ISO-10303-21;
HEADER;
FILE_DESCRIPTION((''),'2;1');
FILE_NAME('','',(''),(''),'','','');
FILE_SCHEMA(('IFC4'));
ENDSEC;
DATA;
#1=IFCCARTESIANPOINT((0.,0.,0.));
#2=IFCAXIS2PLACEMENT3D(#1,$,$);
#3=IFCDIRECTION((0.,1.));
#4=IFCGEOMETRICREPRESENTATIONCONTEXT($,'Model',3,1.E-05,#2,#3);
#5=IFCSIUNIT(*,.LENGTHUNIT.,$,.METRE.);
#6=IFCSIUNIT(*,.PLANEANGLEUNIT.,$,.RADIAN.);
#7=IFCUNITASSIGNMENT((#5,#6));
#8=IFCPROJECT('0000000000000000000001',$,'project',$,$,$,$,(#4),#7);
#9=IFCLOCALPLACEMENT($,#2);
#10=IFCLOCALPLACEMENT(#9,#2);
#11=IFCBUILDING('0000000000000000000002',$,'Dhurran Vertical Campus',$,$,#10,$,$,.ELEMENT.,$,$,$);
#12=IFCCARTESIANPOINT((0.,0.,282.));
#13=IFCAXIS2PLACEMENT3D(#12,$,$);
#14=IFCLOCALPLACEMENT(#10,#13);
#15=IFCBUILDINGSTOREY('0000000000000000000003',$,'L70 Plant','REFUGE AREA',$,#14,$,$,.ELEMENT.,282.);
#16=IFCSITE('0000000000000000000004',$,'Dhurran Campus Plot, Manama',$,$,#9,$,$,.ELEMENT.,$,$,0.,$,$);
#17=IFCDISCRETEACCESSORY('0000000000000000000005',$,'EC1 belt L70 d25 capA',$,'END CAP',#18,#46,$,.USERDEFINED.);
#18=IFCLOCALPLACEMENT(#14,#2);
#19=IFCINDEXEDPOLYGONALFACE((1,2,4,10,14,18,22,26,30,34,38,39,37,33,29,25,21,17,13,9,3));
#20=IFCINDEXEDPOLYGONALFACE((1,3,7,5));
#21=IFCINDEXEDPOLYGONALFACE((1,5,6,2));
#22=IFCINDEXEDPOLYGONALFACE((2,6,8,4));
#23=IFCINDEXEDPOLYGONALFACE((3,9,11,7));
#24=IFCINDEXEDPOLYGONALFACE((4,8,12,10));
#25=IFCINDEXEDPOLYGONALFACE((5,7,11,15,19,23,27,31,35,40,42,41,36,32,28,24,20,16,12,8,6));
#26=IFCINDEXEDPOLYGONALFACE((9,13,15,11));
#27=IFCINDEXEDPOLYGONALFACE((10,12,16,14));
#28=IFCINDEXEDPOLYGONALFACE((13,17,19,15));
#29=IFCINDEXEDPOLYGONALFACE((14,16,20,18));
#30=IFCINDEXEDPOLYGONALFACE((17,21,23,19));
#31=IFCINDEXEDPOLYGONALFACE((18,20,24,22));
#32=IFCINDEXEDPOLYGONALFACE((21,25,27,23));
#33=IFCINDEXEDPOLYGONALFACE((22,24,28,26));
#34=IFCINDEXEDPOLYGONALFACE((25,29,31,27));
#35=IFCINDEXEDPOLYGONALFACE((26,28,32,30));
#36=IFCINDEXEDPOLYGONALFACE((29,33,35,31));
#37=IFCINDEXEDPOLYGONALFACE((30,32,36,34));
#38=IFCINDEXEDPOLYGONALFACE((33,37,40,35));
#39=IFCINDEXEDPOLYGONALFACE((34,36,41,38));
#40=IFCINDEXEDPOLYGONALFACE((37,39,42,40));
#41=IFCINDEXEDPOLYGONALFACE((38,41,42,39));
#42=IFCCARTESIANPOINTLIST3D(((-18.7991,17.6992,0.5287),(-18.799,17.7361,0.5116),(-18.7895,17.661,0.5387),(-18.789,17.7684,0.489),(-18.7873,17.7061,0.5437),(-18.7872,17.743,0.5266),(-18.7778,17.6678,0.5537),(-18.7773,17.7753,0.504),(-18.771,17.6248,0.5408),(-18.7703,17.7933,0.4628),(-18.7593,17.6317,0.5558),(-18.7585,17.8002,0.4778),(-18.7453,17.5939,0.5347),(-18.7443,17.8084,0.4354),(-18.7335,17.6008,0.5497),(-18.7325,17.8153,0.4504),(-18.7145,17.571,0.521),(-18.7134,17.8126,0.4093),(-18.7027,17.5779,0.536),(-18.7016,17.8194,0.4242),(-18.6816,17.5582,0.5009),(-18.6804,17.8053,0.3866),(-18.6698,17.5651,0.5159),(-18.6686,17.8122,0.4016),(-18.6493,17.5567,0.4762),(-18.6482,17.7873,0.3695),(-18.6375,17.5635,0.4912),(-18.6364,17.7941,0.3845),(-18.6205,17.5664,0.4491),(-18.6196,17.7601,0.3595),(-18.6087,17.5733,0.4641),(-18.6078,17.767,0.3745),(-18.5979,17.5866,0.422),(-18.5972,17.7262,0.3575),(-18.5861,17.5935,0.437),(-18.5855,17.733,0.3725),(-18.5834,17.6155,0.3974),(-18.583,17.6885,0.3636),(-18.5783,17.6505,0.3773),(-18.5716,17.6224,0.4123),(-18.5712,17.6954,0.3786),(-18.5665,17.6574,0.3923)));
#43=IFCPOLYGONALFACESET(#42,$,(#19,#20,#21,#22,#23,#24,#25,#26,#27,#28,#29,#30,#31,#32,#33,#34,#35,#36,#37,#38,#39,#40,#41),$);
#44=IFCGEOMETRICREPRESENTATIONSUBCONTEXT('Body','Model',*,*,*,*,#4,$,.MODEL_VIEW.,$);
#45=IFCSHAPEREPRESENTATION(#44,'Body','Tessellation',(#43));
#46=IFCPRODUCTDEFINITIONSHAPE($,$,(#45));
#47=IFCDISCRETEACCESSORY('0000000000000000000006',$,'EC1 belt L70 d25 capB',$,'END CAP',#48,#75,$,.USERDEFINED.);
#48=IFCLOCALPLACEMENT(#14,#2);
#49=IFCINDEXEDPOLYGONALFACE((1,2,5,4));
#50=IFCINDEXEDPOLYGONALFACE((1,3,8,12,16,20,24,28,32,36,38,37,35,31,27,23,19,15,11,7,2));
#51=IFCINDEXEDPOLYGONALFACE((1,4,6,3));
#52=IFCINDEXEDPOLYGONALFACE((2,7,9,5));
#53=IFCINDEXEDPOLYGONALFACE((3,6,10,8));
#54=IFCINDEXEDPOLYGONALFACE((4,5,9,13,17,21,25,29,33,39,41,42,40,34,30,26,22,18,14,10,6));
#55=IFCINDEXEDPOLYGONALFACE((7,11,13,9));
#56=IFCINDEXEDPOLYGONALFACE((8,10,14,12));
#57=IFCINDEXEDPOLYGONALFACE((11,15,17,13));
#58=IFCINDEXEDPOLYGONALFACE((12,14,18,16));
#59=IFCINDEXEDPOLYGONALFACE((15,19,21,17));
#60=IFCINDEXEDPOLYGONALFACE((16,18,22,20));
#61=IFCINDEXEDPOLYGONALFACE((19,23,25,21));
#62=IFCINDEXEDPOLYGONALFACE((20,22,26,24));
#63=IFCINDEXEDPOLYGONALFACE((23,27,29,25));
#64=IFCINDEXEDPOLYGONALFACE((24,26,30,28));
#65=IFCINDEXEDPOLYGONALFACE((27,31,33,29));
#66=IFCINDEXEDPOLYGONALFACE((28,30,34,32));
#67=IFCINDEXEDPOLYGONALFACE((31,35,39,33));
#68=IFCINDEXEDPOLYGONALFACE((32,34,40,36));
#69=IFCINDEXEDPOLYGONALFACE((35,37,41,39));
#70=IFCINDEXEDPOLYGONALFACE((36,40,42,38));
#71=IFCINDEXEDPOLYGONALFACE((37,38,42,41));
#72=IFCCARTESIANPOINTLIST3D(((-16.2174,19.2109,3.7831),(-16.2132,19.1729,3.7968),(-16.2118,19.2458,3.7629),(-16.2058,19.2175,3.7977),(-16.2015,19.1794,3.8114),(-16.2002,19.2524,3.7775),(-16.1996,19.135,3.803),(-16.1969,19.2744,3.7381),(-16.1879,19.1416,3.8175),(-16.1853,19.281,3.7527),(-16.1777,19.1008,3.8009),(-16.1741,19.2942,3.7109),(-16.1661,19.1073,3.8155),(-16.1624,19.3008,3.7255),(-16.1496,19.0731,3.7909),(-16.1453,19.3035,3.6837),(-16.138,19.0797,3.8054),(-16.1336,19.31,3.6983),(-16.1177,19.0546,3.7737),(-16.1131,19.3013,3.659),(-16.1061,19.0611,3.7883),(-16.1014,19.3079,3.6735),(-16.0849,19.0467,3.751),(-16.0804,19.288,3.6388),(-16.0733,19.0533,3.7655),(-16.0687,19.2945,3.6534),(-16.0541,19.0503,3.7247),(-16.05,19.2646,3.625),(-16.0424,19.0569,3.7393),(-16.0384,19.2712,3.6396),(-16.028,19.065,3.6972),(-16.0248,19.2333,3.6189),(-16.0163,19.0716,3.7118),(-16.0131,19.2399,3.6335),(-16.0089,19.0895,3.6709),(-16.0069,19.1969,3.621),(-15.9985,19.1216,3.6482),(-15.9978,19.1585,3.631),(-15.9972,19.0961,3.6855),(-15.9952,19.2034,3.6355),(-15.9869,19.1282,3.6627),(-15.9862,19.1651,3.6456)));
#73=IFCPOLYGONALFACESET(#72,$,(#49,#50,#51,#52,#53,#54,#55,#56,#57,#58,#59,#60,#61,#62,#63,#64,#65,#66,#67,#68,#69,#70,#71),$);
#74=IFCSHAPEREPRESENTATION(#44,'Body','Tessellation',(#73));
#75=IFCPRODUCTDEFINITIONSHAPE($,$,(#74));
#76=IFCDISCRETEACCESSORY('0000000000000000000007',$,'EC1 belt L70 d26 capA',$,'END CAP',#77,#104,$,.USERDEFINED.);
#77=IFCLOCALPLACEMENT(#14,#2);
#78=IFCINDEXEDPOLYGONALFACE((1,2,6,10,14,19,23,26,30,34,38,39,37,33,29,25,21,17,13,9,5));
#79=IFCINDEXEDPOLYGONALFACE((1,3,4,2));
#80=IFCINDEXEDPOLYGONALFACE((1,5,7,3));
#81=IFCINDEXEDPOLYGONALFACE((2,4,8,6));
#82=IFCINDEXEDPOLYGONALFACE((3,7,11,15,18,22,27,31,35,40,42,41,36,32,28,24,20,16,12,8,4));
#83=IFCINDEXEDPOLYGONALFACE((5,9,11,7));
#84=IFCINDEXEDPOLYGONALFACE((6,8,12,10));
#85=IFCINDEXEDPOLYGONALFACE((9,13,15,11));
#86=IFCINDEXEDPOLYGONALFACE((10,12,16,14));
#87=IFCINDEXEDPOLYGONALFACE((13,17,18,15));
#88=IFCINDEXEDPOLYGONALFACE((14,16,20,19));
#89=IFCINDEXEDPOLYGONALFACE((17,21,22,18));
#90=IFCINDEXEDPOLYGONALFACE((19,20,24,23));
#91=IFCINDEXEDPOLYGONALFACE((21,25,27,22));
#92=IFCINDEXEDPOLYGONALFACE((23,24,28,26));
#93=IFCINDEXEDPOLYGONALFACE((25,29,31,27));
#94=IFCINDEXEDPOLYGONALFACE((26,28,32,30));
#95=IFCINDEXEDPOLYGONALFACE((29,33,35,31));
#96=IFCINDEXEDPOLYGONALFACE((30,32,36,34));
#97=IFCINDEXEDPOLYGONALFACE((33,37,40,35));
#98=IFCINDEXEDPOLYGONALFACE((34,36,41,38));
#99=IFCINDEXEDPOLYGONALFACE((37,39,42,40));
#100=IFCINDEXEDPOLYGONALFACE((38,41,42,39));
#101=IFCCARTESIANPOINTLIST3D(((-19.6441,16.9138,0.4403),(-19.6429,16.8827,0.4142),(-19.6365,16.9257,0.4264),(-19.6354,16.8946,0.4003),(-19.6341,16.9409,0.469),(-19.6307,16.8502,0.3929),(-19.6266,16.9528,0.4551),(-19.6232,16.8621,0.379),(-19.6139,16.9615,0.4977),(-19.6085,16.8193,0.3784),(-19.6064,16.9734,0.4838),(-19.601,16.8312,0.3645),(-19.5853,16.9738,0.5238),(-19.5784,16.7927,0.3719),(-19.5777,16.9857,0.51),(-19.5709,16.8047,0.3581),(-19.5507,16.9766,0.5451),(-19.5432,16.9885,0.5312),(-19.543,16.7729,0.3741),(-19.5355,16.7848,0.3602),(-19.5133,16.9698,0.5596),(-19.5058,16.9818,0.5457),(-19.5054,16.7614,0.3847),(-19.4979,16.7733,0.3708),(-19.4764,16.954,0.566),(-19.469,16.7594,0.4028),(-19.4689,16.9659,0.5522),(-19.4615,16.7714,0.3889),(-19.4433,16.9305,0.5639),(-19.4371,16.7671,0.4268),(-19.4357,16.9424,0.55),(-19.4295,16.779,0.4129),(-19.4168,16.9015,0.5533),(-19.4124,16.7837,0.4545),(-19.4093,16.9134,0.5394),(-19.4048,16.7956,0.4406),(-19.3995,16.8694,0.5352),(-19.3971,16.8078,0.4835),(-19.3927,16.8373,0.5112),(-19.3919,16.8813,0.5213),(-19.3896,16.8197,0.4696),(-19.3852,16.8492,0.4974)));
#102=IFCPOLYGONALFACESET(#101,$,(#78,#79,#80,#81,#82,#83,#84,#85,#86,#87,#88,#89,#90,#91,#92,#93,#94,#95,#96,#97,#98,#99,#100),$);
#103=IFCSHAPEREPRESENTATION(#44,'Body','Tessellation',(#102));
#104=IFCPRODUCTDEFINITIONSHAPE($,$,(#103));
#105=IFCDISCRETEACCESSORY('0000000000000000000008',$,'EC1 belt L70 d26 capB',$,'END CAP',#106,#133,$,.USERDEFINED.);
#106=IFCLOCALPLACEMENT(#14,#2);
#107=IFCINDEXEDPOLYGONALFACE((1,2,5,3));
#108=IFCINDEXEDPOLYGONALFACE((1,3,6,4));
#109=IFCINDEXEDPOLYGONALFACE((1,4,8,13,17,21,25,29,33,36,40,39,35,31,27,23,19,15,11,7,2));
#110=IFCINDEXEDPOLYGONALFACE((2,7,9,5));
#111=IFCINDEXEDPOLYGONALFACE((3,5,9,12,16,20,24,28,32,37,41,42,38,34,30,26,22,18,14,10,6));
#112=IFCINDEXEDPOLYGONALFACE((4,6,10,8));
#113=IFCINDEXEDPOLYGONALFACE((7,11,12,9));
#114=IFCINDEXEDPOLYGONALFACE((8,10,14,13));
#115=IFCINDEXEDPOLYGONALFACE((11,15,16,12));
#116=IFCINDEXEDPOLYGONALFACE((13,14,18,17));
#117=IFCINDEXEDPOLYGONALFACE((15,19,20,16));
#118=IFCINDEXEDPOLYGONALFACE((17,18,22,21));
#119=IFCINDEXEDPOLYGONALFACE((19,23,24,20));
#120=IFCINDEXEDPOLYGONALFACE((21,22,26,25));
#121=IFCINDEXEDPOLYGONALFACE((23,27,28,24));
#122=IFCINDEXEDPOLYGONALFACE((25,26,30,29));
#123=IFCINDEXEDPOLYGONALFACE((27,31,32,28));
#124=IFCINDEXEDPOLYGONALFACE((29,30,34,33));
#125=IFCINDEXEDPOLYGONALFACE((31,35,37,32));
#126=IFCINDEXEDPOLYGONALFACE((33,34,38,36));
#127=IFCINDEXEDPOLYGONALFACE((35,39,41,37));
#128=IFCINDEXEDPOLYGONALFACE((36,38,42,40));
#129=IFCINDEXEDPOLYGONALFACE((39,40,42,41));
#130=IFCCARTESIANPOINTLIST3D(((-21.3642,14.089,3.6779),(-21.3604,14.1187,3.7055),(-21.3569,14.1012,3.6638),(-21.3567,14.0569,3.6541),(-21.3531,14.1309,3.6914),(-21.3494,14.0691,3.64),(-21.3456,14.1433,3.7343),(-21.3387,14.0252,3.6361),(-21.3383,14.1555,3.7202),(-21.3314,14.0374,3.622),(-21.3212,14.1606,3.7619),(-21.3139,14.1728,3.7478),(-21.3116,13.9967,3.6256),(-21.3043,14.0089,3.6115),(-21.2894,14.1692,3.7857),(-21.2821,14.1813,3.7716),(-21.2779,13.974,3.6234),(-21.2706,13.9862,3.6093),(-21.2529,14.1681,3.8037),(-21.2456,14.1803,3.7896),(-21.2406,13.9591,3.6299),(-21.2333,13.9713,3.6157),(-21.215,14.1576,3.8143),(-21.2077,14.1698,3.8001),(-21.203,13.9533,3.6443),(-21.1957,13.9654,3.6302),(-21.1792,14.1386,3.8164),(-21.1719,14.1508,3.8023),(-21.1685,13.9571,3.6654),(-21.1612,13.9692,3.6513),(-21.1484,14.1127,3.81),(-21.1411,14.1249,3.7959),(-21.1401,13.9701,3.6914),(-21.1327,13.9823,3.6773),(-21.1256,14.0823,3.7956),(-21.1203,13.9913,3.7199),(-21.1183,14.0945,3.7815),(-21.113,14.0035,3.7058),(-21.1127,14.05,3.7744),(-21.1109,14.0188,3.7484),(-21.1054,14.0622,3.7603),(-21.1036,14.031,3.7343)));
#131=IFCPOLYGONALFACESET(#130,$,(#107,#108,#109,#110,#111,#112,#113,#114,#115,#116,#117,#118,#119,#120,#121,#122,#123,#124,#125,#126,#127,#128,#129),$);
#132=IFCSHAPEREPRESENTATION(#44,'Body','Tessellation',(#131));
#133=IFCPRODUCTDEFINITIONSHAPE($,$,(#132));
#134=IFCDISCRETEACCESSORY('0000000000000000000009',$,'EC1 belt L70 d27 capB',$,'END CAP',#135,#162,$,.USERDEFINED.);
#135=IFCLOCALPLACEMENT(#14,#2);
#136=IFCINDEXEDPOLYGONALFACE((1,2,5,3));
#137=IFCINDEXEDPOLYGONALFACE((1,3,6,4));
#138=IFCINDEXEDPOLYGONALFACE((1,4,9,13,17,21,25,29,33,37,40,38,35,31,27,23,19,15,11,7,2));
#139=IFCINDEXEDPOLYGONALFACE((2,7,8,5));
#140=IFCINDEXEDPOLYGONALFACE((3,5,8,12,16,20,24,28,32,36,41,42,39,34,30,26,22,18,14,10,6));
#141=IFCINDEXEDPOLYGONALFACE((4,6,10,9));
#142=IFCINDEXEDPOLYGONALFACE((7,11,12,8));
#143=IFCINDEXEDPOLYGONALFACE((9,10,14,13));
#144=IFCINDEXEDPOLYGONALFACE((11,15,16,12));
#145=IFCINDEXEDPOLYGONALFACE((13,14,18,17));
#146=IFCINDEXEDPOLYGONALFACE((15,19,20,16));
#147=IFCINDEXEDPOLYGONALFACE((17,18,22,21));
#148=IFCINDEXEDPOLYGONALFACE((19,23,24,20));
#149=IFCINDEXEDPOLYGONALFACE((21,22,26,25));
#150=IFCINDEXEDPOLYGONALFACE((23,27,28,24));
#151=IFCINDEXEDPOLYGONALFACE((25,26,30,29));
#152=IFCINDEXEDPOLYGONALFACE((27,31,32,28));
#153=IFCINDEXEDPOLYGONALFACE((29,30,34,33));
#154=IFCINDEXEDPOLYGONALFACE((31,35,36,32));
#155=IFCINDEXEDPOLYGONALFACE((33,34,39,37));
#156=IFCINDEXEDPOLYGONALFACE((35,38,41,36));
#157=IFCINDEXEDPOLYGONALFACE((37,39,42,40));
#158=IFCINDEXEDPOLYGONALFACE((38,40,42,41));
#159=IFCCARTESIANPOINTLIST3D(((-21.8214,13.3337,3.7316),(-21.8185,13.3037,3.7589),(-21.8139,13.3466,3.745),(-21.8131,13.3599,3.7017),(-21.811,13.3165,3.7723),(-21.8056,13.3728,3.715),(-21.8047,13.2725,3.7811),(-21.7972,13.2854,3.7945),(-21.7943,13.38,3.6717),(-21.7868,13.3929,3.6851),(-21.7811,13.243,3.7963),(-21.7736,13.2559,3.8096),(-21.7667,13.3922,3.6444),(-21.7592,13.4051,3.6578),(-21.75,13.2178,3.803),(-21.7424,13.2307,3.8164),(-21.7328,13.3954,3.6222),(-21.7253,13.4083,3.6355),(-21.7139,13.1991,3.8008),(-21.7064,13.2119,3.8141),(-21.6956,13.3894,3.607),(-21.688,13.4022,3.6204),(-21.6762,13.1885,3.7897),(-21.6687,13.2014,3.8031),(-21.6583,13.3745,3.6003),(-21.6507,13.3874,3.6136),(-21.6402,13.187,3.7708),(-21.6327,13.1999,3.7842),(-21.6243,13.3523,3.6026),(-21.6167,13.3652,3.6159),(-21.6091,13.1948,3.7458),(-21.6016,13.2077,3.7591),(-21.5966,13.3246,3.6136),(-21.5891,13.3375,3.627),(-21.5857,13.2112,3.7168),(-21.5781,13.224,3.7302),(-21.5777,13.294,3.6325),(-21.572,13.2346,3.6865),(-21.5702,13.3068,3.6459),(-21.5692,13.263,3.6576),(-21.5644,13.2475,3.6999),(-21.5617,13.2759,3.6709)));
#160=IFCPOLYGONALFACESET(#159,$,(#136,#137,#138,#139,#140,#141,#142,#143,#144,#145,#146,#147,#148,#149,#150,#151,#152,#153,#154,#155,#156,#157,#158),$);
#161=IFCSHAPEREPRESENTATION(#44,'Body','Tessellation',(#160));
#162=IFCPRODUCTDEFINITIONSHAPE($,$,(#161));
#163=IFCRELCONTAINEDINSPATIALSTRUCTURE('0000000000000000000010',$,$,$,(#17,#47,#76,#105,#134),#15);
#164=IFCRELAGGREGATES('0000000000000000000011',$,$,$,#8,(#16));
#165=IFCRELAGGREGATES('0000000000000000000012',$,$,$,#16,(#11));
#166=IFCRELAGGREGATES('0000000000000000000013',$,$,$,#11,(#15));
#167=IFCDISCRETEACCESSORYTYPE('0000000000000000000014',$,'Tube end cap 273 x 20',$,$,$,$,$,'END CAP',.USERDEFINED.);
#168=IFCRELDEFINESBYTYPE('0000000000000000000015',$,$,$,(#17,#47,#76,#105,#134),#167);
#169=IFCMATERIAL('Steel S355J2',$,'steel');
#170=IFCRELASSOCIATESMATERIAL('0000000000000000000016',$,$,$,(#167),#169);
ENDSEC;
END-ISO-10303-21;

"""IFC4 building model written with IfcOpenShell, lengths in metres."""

from ifc_helpers import new_model, si_unit, direction, frame, origin, origin_2d, place, context, subcontext, project, spatial, circle, extrude, material, material_profile, profile_set, type_object, element, save


model = new_model("IFC4")

# Units and contexts
model_context = context("Model", 3, precision=1e-05, world=origin(), true_north=direction((0.0, 1.0)))
body_context = subcontext(model_context, "Body", "Model", "MODEL_VIEW")
ifc_project = project(units=[si_unit("LENGTHUNIT", "METRE"), si_unit("PLANEANGLEUNIT", "RADIAN")], contexts=[model_context])

# Site, building, storey
site_placement = place(None, origin())
site = spatial("IfcSite", under=ifc_project, at=site_placement, Name="Dhurran Campus Plot, Manama", CompositionType="ELEMENT", RefElevation=0.0)
building_placement = place(site_placement, origin())
building = spatial("IfcBuilding", under=site, at=building_placement, Name="Dhurran Vertical Campus", CompositionType="ELEMENT")
storey_placement = place(building_placement, frame((0.0, 0.0, 282.0)))
storey = spatial("IfcBuildingStorey", under=building, at=storey_placement, Name="L70 Plant", Description="REFUGE AREA", CompositionType="ELEMENT", Elevation=282.0)

# Discrete accessories
ifc_material_1 = material(Name="Steel S355J2", Category="steel")
ifc_material_profile_1 = material_profile(ifc_material_1, circle(Radius=0.1365, at=origin_2d()), Name="Tube end cap 273 x 20")
ifc_profile_set_1 = profile_set([ifc_material_profile_1], Name="Steel S355J2")
discrete_accessory_type = type_object("IfcDiscreteAccessoryType", Name="Tube end cap 273 x 20", ElementType="END CAP", PredefinedType="USERDEFINED", material=ifc_profile_set_1)
discrete_accessory_1_placement = place(storey_placement, frame((-18.6775, 17.6912, 0.4641), z_axis=(-0.581701, -0.339325, -0.739245), x_axis=(0.503871, -0.863779, 0.0)))
element("IfcDiscreteAccessory", 1, at=discrete_accessory_1_placement, inside=storey, type_object=discrete_accessory_type, Name="EC1 belt L70 d25 capA", ObjectType="END CAP", PredefinedType="USERDEFINED", context=body_context, shape_type="SweptSolid", body=[
    extrude(circle(Radius=0.1365, at=origin_2d()), origin(), (0.0, 0.0, 1.0), 0.0203),
])
for number, where, z_axis, x_axis, name in (
    (2, (-16.1072, 19.1753, 3.7109), (0.589368, 0.331519, 0.736709), (-0.490261, 0.871576, 0.0), "EC1 belt L70 d25 capB"),
    (3, (-19.5188, 16.8679, 0.469), (0.381266, 0.602646, -0.701038), (-0.845079, 0.534642, 0.0), "EC1 belt L70 d26 capA"),
):
    element("IfcDiscreteAccessory", number, at=place(storey_placement, frame(where, z_axis=z_axis, x_axis=x_axis)), inside=storey, type_object=discrete_accessory_type, Name=name, ObjectType="END CAP", PredefinedType="USERDEFINED", context=body_context, shape_type="SweptSolid", body=[
        extrude(circle(Radius=0.1365, at=origin_2d()), origin(), (0.0, 0.0, 1.0), 0.0198),
    ])
for number, where, z_axis, x_axis, name in (
    (4, (-21.23, 14.0737, 3.7058), (-0.36477, -0.60795, 0.705223), (0.857493, -0.514496, 0.0), "EC1 belt L70 d26 capB"),
    (5, (-21.6953, 13.291, 3.7017), (0.376069, 0.642956, 0.667218), (-0.863188, 0.504883, 0.0), "EC1 belt L70 d27 capB"),
):
    element("IfcDiscreteAccessory", number, at=place(storey_placement, frame(where, z_axis=z_axis, x_axis=x_axis)), inside=storey, type_object=discrete_accessory_type, Name=name, ObjectType="END CAP", PredefinedType="USERDEFINED", context=body_context, shape_type="SweptSolid", body=[
        extrude(circle(Radius=0.1365, at=origin_2d()), origin(), (0.0, 0.0, 1.0), 0.02),
    ])

save(model, "model.ifc")
